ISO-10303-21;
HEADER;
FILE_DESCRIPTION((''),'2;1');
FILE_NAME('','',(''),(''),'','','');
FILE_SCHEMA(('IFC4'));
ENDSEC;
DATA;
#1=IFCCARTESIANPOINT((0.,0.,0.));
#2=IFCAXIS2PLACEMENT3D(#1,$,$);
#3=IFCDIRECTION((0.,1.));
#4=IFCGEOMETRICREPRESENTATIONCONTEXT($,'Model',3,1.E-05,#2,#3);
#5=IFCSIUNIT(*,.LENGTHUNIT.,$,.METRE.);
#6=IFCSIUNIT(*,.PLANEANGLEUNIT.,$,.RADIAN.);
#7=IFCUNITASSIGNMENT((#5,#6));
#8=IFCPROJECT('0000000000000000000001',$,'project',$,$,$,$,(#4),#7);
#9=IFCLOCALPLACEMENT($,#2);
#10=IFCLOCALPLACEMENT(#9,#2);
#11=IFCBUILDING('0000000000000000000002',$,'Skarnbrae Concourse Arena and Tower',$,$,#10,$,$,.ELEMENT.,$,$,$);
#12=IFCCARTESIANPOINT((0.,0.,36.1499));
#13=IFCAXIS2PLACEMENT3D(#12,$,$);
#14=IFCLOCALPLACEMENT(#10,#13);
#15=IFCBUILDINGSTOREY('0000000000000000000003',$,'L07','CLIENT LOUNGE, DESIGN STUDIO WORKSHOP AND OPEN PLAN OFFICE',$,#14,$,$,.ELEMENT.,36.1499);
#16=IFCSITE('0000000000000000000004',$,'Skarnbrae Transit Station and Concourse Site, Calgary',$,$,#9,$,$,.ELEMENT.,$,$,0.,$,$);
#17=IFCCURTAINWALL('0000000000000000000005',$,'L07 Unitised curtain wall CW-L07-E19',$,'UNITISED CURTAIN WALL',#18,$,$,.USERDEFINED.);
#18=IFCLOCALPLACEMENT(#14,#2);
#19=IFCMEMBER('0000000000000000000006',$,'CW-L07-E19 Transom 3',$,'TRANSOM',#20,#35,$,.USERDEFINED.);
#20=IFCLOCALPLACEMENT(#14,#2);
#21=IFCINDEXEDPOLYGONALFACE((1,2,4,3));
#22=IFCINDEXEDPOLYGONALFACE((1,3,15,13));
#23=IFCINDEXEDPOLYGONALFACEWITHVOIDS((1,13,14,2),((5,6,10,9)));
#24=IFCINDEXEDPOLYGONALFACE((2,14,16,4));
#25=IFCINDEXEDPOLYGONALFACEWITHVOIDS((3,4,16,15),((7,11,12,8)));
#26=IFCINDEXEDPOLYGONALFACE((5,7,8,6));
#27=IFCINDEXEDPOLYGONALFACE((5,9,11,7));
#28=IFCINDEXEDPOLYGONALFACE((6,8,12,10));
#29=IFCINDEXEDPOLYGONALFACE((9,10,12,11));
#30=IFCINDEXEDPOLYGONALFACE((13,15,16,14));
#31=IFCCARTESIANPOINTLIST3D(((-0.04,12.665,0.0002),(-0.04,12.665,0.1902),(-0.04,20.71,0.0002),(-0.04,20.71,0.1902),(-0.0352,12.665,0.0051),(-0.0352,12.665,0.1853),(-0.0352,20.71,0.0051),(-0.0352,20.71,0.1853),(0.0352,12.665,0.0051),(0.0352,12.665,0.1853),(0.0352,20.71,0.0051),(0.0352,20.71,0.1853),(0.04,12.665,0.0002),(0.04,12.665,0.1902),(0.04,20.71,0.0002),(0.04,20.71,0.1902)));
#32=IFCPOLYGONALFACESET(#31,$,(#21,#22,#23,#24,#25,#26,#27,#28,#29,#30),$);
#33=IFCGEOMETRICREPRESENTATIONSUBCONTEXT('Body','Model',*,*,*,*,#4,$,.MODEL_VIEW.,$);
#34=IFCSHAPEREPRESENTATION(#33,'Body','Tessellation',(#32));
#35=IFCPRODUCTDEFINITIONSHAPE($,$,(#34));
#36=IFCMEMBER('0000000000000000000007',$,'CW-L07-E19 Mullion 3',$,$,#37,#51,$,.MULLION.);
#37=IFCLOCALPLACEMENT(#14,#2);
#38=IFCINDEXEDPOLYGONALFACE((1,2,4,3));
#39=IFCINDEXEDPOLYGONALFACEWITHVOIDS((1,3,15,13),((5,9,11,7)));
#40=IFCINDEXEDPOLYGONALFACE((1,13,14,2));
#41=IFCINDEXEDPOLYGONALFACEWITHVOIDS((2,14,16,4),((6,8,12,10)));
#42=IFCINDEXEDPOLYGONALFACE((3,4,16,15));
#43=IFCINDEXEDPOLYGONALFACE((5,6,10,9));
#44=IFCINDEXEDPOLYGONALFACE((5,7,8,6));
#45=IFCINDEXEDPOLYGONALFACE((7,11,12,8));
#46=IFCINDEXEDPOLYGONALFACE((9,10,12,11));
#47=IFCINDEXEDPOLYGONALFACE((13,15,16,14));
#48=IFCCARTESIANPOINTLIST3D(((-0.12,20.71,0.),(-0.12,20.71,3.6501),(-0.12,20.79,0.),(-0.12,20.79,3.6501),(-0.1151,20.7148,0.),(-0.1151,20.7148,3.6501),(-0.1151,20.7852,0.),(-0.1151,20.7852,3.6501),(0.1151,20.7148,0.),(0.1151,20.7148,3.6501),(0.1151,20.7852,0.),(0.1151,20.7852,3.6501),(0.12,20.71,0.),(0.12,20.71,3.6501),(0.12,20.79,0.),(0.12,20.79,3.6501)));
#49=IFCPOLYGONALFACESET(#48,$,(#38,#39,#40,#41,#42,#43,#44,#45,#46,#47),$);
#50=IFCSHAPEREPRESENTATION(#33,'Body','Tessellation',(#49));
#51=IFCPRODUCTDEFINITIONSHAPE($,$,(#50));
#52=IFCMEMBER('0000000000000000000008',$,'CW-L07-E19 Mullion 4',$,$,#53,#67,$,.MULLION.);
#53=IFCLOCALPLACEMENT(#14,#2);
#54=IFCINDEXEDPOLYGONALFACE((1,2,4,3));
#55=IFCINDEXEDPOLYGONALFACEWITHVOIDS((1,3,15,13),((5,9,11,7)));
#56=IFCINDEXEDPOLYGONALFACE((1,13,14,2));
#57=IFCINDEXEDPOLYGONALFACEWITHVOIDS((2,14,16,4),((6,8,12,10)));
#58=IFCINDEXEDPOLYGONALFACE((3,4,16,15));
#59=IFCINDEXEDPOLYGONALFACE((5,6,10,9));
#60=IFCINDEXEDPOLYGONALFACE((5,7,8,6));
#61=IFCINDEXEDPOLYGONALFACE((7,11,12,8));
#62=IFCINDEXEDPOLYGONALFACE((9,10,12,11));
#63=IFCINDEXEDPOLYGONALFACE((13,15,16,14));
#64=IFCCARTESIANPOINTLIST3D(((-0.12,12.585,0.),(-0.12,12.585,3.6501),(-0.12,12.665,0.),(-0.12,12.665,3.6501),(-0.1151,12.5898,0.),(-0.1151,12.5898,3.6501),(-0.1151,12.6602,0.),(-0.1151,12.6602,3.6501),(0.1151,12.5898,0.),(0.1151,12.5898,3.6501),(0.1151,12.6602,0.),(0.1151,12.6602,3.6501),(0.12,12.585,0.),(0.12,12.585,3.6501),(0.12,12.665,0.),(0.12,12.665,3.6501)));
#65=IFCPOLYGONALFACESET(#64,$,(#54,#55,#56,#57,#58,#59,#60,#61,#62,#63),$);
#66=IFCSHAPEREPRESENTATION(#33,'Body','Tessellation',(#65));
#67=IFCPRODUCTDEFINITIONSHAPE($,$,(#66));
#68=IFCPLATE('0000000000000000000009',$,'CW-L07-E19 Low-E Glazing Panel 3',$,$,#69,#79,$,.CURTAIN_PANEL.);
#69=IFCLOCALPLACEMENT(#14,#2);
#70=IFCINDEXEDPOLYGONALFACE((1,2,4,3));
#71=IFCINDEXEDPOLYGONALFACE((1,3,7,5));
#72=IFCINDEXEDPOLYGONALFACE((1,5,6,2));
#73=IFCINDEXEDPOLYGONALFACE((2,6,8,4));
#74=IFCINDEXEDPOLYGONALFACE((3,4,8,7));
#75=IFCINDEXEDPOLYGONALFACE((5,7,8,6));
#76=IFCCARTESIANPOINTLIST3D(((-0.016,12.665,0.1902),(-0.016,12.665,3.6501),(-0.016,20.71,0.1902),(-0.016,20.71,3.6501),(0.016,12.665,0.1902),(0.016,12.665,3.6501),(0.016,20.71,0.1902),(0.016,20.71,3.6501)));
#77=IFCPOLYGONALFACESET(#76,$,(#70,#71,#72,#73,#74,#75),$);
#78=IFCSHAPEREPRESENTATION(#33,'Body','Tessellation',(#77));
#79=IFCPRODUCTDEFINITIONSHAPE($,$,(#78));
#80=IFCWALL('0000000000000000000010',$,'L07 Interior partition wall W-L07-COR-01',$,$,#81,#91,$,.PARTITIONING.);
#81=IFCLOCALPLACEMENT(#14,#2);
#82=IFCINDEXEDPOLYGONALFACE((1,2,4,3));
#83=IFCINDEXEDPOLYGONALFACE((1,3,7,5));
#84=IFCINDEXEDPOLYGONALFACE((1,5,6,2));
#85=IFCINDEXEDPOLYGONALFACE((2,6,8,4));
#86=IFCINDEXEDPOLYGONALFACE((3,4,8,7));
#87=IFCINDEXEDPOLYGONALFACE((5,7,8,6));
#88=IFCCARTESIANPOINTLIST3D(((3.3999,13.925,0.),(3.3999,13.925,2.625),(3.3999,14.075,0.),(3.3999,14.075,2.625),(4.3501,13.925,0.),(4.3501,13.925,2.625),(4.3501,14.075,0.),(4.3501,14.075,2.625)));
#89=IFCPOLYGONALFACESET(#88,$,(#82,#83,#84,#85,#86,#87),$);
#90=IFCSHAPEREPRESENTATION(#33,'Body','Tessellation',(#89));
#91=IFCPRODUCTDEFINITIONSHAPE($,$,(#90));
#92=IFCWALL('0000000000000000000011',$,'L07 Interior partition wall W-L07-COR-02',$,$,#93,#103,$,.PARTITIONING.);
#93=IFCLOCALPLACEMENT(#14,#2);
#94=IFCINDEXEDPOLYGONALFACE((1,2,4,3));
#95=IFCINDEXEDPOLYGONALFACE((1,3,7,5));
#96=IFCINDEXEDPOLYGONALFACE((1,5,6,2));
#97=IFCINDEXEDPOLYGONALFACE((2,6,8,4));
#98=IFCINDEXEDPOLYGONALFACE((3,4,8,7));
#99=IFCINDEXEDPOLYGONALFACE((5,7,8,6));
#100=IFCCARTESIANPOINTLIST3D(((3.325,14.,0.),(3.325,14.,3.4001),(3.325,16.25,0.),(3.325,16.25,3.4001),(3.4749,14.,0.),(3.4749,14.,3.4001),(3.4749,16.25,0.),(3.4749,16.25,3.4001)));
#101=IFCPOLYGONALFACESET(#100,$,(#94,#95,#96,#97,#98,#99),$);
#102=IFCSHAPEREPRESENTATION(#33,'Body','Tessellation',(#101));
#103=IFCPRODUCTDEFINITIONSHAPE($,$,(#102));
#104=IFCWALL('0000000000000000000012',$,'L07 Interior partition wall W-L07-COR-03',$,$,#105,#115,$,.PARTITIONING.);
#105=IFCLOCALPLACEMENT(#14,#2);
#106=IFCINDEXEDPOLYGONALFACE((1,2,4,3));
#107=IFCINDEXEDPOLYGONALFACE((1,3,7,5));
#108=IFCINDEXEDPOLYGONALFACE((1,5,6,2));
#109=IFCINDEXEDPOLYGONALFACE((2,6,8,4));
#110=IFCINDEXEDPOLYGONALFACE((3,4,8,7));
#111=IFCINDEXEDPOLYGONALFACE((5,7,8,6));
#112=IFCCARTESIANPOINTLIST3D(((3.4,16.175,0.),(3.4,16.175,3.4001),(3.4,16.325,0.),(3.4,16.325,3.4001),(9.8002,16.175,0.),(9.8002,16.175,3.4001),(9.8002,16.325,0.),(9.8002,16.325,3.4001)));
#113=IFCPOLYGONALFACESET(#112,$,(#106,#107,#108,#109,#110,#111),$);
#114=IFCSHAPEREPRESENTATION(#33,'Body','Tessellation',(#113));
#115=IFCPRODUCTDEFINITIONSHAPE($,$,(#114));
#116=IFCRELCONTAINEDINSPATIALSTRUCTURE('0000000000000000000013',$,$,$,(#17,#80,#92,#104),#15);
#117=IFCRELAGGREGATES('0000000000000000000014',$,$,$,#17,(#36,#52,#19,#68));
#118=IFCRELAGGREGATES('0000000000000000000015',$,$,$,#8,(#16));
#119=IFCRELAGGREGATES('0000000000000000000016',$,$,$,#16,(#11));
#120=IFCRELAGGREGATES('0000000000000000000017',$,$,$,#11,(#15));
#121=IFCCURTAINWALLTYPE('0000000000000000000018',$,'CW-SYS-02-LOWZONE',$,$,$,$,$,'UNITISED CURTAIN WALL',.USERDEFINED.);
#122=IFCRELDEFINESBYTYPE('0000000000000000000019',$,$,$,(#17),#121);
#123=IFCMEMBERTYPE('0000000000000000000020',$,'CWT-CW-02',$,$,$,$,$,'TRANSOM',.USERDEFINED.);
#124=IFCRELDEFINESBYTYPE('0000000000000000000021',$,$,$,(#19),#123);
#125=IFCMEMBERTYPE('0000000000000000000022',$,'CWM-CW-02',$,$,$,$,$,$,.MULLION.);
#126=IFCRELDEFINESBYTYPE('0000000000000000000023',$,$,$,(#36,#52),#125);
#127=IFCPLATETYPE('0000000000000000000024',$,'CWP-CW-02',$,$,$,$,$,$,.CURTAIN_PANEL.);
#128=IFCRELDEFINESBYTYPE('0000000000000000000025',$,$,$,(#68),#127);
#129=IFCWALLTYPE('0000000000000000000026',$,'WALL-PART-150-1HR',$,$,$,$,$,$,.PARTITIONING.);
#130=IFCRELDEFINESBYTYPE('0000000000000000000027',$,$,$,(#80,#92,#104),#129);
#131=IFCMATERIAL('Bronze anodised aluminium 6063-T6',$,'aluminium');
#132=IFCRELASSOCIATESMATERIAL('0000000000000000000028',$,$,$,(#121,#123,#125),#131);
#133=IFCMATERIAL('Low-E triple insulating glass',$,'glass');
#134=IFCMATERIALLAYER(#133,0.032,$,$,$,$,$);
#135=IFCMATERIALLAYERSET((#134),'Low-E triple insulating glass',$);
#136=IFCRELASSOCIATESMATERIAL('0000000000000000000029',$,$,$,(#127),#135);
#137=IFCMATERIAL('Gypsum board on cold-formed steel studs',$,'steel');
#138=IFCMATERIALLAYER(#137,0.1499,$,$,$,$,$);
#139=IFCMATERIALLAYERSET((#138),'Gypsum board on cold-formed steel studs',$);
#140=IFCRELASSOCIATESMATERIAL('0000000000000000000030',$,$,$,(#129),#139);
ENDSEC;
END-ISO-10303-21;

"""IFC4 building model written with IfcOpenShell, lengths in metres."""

from ifc_helpers import new_model, si_unit, direction, frame, frame_2d, origin, origin_2d, place, context, subcontext, project, spatial, rectangle, hollow_rectangle, extrude, source, transform, mapped, material, layer, layer_set, material_profile, profile_set, type_object, element, aggregate, save


model = new_model("IFC4")

# Units and contexts
model_context = context("Model", 3, precision=1e-05, world=origin(), true_north=direction((0.0, 1.0)))
body_context = subcontext(model_context, "Body", "Model", "MODEL_VIEW")
ifc_project = project(units=[si_unit("LENGTHUNIT", "METRE"), si_unit("PLANEANGLEUNIT", "RADIAN")], contexts=[model_context])

# Site, building, storey
site_placement = place(None, origin())
site = spatial("IfcSite", under=ifc_project, at=site_placement, Name="Skarnbrae Transit Station and Concourse Site, Calgary", CompositionType="ELEMENT", RefElevation=0.0)
building_placement = place(site_placement, origin())
building = spatial("IfcBuilding", under=site, at=building_placement, Name="Skarnbrae Concourse Arena and Tower", CompositionType="ELEMENT")
storey_placement = place(building_placement, frame((0.0, 0.0, 36.1499)))
storey = spatial("IfcBuildingStorey", under=building, at=storey_placement, Name="L07", Description="CLIENT LOUNGE, DESIGN STUDIO WORKSHOP AND OPEN PLAN OFFICE", CompositionType="ELEMENT", Elevation=36.1499)

# Curtain wall, members, plate
ifc_material_1 = material(Name="Bronze anodised aluminium 6063-T6", Category="aluminium")
curtain_wall_type = type_object("IfcCurtainWallType", Name="CW-SYS-02-LOWZONE", ElementType="UNITISED CURTAIN WALL", PredefinedType="USERDEFINED", material=ifc_material_1)
curtain_wall_placement = place(storey_placement, origin())
curtain_wall = element("IfcCurtainWall", 1, at=curtain_wall_placement, inside=storey, type_object=curtain_wall_type, Name="L07 Unitised curtain wall CW-L07-E19", ObjectType="UNITISED CURTAIN WALL", PredefinedType="USERDEFINED")
ifc_material_profile_1 = material_profile(ifc_material_1, hollow_rectangle(XDim=0.0801, YDim=0.1899, WallThickness=0.0049, at=origin_2d()), Name="ALU-TRAN-80X190")
ifc_profile_set_1 = profile_set([ifc_material_profile_1], Name="Bronze anodised aluminium 6063-T6")
member_type_1 = type_object("IfcMemberType", Name="CWT-CW-02", ElementType="TRANSOM", PredefinedType="USERDEFINED", material=ifc_profile_set_1)
shared_shape_1 = source(origin(), body_context, "Body", "SweptSolid", [
    extrude(hollow_rectangle(XDim=0.0801, YDim=0.1899, WallThickness=0.0049, at=origin_2d()), origin(), (0.0, 0.0, 1.0), 8.0449),
])
member_1_placement = place(storey_placement, frame((0.0, 20.71, 0.0952), z_axis=(0.0, -1.0, 0.0), x_axis=(1.0, 0.0, 0.0)))
member_1 = element("IfcMember", 2, at=member_1_placement, type_object=member_type_1, Name="CW-L07-E19 Transom 3", ObjectType="TRANSOM", PredefinedType="USERDEFINED", context=body_context, shape_type="MappedRepresentation", body=[
    mapped(shared_shape_1, transform((0.0, 0.0, 0.0))),
])
ifc_material_profile_2 = material_profile(ifc_material_1, hollow_rectangle(XDim=0.0801, YDim=0.24, WallThickness=0.0049, at=origin_2d()), Name="ALU-MULL-80X240")
ifc_profile_set_2 = profile_set([ifc_material_profile_2], Name="Bronze anodised aluminium 6063-T6")
member_type_2 = type_object("IfcMemberType", Name="CWM-CW-02", PredefinedType="MULLION", material=ifc_profile_set_2)
shared_shape_2 = source(origin(), body_context, "Body", "SweptSolid", [
    extrude(hollow_rectangle(XDim=0.0801, YDim=0.24, WallThickness=0.0049, at=origin_2d()), origin(), (0.0, 0.0, 1.0), 3.6501),
])
member_2_placement = place(storey_placement, frame((0.0, 20.75, 0.0), z_axis=(0.0, 0.0, 1.0), x_axis=(0.0, -1.0, 0.0)))
member_2 = element("IfcMember", 3, at=member_2_placement, type_object=member_type_2, Name="CW-L07-E19 Mullion 3", PredefinedType="MULLION", context=body_context, shape_type="MappedRepresentation", body=[
    mapped(shared_shape_2, transform((0.0, 0.0, 0.0))),
])
member_3_placement = place(storey_placement, frame((0.0, 12.625, 0.0), z_axis=(0.0, 0.0, 1.0), x_axis=(0.0, -1.0, 0.0)))
member_3 = element("IfcMember", 4, at=member_3_placement, type_object=member_type_2, Name="CW-L07-E19 Mullion 4", PredefinedType="MULLION", context=body_context, shape_type="MappedRepresentation", body=[
    mapped(shared_shape_2, transform((0.0, 0.0, 0.0))),
])
ifc_material_2 = material(Name="Low-E triple insulating glass", Category="glass")
ifc_layer_1 = layer(ifc_material_2, 0.032)
ifc_layer_set_1 = layer_set([ifc_layer_1], Name="Low-E triple insulating glass")
plate_type = type_object("IfcPlateType", Name="CWP-CW-02", PredefinedType="CURTAIN_PANEL", material=ifc_layer_set_1)
shared_shape_3 = source(origin(), body_context, "Body", "SweptSolid", [
    extrude(rectangle(XDim=8.0449, YDim=0.032, at=origin_2d()), origin(), (0.0, 0.0, 1.0), 3.46),
])
plate_placement = place(storey_placement, frame((0.0, 16.6875, 0.1902), z_axis=(0.0, 0.0, 1.0), x_axis=(0.0, -1.0, 0.0)))
plate = element("IfcPlate", 5, at=plate_placement, type_object=plate_type, Name="CW-L07-E19 Low-E Glazing Panel 3", PredefinedType="CURTAIN_PANEL", context=body_context, shape_type="MappedRepresentation", body=[
    mapped(shared_shape_3, transform((0.0, 0.0, 0.0))),
])
aggregate(curtain_wall, [member_2, member_3, member_1, plate])

# Wall
ifc_material_3 = material(Name="Gypsum board on cold-formed steel studs", Category="steel")
ifc_layer_2 = layer(ifc_material_3, 0.1499)
ifc_layer_set_2 = layer_set([ifc_layer_2], Name="Gypsum board on cold-formed steel studs")
wall_type_1 = type_object("IfcWallType", Name="WALL-PART-150-1HR", PredefinedType="PARTITIONING", material=ifc_layer_set_2)
shared_shape_4 = source(origin(), body_context, "Body", "SweptSolid", [
    extrude(rectangle(XDim=0.9502, YDim=0.1499, at=frame_2d((0.4751, 0.0))), origin(), (0.0, 0.0, 1.0), 2.625),
])
wall_1_placement = place(storey_placement, frame((4.3501, 14.0, 0.0), z_axis=(0.0, 0.0, 1.0), x_axis=(-1.0, 0.0, 0.0)))
element("IfcWall", 6, at=wall_1_placement, inside=storey, type_object=wall_type_1, Name="L07 Interior partition wall W-L07-COR-01", PredefinedType="PARTITIONING", context=body_context, shape_type="MappedRepresentation", body=[
    mapped(shared_shape_4, transform((0.0, 0.0, 0.0))),
])

# Walls
shared_shape_5 = source(origin(), body_context, "Body", "SweptSolid", [
    extrude(rectangle(XDim=2.25, YDim=0.1499, at=frame_2d((1.125, 0.0))), origin(), (0.0, 0.0, 1.0), 3.4001),
])
wall_2_placement = place(storey_placement, frame((3.3999, 14.0, 0.0), z_axis=(0.0, 0.0, 1.0), x_axis=(0.0, 1.0, 0.0)))
element("IfcWall", 7, at=wall_2_placement, inside=storey, type_object=wall_type_1, Name="L07 Interior partition wall W-L07-COR-02", PredefinedType="PARTITIONING", context=body_context, shape_type="MappedRepresentation", body=[
    mapped(shared_shape_5, transform((0.0, 0.0, 0.0))),
])
shared_shape_6 = source(origin(), body_context, "Body", "SweptSolid", [
    extrude(rectangle(XDim=6.4001, YDim=0.1499, at=frame_2d((3.2002, 0.0))), origin(), (0.0, 0.0, 1.0), 3.4001),
])
wall_3_placement = place(storey_placement, frame((3.3999, 16.25, 0.0), z_axis=(0.0, 0.0, 1.0), x_axis=(1.0, 0.0, 0.0)))
element("IfcWall", 8, at=wall_3_placement, inside=storey, type_object=wall_type_1, Name="L07 Interior partition wall W-L07-COR-03", PredefinedType="PARTITIONING", context=body_context, shape_type="MappedRepresentation", body=[
    mapped(shared_shape_6, transform((0.0, 0.0, 0.0))),
])

save(model, "model.ifc")
